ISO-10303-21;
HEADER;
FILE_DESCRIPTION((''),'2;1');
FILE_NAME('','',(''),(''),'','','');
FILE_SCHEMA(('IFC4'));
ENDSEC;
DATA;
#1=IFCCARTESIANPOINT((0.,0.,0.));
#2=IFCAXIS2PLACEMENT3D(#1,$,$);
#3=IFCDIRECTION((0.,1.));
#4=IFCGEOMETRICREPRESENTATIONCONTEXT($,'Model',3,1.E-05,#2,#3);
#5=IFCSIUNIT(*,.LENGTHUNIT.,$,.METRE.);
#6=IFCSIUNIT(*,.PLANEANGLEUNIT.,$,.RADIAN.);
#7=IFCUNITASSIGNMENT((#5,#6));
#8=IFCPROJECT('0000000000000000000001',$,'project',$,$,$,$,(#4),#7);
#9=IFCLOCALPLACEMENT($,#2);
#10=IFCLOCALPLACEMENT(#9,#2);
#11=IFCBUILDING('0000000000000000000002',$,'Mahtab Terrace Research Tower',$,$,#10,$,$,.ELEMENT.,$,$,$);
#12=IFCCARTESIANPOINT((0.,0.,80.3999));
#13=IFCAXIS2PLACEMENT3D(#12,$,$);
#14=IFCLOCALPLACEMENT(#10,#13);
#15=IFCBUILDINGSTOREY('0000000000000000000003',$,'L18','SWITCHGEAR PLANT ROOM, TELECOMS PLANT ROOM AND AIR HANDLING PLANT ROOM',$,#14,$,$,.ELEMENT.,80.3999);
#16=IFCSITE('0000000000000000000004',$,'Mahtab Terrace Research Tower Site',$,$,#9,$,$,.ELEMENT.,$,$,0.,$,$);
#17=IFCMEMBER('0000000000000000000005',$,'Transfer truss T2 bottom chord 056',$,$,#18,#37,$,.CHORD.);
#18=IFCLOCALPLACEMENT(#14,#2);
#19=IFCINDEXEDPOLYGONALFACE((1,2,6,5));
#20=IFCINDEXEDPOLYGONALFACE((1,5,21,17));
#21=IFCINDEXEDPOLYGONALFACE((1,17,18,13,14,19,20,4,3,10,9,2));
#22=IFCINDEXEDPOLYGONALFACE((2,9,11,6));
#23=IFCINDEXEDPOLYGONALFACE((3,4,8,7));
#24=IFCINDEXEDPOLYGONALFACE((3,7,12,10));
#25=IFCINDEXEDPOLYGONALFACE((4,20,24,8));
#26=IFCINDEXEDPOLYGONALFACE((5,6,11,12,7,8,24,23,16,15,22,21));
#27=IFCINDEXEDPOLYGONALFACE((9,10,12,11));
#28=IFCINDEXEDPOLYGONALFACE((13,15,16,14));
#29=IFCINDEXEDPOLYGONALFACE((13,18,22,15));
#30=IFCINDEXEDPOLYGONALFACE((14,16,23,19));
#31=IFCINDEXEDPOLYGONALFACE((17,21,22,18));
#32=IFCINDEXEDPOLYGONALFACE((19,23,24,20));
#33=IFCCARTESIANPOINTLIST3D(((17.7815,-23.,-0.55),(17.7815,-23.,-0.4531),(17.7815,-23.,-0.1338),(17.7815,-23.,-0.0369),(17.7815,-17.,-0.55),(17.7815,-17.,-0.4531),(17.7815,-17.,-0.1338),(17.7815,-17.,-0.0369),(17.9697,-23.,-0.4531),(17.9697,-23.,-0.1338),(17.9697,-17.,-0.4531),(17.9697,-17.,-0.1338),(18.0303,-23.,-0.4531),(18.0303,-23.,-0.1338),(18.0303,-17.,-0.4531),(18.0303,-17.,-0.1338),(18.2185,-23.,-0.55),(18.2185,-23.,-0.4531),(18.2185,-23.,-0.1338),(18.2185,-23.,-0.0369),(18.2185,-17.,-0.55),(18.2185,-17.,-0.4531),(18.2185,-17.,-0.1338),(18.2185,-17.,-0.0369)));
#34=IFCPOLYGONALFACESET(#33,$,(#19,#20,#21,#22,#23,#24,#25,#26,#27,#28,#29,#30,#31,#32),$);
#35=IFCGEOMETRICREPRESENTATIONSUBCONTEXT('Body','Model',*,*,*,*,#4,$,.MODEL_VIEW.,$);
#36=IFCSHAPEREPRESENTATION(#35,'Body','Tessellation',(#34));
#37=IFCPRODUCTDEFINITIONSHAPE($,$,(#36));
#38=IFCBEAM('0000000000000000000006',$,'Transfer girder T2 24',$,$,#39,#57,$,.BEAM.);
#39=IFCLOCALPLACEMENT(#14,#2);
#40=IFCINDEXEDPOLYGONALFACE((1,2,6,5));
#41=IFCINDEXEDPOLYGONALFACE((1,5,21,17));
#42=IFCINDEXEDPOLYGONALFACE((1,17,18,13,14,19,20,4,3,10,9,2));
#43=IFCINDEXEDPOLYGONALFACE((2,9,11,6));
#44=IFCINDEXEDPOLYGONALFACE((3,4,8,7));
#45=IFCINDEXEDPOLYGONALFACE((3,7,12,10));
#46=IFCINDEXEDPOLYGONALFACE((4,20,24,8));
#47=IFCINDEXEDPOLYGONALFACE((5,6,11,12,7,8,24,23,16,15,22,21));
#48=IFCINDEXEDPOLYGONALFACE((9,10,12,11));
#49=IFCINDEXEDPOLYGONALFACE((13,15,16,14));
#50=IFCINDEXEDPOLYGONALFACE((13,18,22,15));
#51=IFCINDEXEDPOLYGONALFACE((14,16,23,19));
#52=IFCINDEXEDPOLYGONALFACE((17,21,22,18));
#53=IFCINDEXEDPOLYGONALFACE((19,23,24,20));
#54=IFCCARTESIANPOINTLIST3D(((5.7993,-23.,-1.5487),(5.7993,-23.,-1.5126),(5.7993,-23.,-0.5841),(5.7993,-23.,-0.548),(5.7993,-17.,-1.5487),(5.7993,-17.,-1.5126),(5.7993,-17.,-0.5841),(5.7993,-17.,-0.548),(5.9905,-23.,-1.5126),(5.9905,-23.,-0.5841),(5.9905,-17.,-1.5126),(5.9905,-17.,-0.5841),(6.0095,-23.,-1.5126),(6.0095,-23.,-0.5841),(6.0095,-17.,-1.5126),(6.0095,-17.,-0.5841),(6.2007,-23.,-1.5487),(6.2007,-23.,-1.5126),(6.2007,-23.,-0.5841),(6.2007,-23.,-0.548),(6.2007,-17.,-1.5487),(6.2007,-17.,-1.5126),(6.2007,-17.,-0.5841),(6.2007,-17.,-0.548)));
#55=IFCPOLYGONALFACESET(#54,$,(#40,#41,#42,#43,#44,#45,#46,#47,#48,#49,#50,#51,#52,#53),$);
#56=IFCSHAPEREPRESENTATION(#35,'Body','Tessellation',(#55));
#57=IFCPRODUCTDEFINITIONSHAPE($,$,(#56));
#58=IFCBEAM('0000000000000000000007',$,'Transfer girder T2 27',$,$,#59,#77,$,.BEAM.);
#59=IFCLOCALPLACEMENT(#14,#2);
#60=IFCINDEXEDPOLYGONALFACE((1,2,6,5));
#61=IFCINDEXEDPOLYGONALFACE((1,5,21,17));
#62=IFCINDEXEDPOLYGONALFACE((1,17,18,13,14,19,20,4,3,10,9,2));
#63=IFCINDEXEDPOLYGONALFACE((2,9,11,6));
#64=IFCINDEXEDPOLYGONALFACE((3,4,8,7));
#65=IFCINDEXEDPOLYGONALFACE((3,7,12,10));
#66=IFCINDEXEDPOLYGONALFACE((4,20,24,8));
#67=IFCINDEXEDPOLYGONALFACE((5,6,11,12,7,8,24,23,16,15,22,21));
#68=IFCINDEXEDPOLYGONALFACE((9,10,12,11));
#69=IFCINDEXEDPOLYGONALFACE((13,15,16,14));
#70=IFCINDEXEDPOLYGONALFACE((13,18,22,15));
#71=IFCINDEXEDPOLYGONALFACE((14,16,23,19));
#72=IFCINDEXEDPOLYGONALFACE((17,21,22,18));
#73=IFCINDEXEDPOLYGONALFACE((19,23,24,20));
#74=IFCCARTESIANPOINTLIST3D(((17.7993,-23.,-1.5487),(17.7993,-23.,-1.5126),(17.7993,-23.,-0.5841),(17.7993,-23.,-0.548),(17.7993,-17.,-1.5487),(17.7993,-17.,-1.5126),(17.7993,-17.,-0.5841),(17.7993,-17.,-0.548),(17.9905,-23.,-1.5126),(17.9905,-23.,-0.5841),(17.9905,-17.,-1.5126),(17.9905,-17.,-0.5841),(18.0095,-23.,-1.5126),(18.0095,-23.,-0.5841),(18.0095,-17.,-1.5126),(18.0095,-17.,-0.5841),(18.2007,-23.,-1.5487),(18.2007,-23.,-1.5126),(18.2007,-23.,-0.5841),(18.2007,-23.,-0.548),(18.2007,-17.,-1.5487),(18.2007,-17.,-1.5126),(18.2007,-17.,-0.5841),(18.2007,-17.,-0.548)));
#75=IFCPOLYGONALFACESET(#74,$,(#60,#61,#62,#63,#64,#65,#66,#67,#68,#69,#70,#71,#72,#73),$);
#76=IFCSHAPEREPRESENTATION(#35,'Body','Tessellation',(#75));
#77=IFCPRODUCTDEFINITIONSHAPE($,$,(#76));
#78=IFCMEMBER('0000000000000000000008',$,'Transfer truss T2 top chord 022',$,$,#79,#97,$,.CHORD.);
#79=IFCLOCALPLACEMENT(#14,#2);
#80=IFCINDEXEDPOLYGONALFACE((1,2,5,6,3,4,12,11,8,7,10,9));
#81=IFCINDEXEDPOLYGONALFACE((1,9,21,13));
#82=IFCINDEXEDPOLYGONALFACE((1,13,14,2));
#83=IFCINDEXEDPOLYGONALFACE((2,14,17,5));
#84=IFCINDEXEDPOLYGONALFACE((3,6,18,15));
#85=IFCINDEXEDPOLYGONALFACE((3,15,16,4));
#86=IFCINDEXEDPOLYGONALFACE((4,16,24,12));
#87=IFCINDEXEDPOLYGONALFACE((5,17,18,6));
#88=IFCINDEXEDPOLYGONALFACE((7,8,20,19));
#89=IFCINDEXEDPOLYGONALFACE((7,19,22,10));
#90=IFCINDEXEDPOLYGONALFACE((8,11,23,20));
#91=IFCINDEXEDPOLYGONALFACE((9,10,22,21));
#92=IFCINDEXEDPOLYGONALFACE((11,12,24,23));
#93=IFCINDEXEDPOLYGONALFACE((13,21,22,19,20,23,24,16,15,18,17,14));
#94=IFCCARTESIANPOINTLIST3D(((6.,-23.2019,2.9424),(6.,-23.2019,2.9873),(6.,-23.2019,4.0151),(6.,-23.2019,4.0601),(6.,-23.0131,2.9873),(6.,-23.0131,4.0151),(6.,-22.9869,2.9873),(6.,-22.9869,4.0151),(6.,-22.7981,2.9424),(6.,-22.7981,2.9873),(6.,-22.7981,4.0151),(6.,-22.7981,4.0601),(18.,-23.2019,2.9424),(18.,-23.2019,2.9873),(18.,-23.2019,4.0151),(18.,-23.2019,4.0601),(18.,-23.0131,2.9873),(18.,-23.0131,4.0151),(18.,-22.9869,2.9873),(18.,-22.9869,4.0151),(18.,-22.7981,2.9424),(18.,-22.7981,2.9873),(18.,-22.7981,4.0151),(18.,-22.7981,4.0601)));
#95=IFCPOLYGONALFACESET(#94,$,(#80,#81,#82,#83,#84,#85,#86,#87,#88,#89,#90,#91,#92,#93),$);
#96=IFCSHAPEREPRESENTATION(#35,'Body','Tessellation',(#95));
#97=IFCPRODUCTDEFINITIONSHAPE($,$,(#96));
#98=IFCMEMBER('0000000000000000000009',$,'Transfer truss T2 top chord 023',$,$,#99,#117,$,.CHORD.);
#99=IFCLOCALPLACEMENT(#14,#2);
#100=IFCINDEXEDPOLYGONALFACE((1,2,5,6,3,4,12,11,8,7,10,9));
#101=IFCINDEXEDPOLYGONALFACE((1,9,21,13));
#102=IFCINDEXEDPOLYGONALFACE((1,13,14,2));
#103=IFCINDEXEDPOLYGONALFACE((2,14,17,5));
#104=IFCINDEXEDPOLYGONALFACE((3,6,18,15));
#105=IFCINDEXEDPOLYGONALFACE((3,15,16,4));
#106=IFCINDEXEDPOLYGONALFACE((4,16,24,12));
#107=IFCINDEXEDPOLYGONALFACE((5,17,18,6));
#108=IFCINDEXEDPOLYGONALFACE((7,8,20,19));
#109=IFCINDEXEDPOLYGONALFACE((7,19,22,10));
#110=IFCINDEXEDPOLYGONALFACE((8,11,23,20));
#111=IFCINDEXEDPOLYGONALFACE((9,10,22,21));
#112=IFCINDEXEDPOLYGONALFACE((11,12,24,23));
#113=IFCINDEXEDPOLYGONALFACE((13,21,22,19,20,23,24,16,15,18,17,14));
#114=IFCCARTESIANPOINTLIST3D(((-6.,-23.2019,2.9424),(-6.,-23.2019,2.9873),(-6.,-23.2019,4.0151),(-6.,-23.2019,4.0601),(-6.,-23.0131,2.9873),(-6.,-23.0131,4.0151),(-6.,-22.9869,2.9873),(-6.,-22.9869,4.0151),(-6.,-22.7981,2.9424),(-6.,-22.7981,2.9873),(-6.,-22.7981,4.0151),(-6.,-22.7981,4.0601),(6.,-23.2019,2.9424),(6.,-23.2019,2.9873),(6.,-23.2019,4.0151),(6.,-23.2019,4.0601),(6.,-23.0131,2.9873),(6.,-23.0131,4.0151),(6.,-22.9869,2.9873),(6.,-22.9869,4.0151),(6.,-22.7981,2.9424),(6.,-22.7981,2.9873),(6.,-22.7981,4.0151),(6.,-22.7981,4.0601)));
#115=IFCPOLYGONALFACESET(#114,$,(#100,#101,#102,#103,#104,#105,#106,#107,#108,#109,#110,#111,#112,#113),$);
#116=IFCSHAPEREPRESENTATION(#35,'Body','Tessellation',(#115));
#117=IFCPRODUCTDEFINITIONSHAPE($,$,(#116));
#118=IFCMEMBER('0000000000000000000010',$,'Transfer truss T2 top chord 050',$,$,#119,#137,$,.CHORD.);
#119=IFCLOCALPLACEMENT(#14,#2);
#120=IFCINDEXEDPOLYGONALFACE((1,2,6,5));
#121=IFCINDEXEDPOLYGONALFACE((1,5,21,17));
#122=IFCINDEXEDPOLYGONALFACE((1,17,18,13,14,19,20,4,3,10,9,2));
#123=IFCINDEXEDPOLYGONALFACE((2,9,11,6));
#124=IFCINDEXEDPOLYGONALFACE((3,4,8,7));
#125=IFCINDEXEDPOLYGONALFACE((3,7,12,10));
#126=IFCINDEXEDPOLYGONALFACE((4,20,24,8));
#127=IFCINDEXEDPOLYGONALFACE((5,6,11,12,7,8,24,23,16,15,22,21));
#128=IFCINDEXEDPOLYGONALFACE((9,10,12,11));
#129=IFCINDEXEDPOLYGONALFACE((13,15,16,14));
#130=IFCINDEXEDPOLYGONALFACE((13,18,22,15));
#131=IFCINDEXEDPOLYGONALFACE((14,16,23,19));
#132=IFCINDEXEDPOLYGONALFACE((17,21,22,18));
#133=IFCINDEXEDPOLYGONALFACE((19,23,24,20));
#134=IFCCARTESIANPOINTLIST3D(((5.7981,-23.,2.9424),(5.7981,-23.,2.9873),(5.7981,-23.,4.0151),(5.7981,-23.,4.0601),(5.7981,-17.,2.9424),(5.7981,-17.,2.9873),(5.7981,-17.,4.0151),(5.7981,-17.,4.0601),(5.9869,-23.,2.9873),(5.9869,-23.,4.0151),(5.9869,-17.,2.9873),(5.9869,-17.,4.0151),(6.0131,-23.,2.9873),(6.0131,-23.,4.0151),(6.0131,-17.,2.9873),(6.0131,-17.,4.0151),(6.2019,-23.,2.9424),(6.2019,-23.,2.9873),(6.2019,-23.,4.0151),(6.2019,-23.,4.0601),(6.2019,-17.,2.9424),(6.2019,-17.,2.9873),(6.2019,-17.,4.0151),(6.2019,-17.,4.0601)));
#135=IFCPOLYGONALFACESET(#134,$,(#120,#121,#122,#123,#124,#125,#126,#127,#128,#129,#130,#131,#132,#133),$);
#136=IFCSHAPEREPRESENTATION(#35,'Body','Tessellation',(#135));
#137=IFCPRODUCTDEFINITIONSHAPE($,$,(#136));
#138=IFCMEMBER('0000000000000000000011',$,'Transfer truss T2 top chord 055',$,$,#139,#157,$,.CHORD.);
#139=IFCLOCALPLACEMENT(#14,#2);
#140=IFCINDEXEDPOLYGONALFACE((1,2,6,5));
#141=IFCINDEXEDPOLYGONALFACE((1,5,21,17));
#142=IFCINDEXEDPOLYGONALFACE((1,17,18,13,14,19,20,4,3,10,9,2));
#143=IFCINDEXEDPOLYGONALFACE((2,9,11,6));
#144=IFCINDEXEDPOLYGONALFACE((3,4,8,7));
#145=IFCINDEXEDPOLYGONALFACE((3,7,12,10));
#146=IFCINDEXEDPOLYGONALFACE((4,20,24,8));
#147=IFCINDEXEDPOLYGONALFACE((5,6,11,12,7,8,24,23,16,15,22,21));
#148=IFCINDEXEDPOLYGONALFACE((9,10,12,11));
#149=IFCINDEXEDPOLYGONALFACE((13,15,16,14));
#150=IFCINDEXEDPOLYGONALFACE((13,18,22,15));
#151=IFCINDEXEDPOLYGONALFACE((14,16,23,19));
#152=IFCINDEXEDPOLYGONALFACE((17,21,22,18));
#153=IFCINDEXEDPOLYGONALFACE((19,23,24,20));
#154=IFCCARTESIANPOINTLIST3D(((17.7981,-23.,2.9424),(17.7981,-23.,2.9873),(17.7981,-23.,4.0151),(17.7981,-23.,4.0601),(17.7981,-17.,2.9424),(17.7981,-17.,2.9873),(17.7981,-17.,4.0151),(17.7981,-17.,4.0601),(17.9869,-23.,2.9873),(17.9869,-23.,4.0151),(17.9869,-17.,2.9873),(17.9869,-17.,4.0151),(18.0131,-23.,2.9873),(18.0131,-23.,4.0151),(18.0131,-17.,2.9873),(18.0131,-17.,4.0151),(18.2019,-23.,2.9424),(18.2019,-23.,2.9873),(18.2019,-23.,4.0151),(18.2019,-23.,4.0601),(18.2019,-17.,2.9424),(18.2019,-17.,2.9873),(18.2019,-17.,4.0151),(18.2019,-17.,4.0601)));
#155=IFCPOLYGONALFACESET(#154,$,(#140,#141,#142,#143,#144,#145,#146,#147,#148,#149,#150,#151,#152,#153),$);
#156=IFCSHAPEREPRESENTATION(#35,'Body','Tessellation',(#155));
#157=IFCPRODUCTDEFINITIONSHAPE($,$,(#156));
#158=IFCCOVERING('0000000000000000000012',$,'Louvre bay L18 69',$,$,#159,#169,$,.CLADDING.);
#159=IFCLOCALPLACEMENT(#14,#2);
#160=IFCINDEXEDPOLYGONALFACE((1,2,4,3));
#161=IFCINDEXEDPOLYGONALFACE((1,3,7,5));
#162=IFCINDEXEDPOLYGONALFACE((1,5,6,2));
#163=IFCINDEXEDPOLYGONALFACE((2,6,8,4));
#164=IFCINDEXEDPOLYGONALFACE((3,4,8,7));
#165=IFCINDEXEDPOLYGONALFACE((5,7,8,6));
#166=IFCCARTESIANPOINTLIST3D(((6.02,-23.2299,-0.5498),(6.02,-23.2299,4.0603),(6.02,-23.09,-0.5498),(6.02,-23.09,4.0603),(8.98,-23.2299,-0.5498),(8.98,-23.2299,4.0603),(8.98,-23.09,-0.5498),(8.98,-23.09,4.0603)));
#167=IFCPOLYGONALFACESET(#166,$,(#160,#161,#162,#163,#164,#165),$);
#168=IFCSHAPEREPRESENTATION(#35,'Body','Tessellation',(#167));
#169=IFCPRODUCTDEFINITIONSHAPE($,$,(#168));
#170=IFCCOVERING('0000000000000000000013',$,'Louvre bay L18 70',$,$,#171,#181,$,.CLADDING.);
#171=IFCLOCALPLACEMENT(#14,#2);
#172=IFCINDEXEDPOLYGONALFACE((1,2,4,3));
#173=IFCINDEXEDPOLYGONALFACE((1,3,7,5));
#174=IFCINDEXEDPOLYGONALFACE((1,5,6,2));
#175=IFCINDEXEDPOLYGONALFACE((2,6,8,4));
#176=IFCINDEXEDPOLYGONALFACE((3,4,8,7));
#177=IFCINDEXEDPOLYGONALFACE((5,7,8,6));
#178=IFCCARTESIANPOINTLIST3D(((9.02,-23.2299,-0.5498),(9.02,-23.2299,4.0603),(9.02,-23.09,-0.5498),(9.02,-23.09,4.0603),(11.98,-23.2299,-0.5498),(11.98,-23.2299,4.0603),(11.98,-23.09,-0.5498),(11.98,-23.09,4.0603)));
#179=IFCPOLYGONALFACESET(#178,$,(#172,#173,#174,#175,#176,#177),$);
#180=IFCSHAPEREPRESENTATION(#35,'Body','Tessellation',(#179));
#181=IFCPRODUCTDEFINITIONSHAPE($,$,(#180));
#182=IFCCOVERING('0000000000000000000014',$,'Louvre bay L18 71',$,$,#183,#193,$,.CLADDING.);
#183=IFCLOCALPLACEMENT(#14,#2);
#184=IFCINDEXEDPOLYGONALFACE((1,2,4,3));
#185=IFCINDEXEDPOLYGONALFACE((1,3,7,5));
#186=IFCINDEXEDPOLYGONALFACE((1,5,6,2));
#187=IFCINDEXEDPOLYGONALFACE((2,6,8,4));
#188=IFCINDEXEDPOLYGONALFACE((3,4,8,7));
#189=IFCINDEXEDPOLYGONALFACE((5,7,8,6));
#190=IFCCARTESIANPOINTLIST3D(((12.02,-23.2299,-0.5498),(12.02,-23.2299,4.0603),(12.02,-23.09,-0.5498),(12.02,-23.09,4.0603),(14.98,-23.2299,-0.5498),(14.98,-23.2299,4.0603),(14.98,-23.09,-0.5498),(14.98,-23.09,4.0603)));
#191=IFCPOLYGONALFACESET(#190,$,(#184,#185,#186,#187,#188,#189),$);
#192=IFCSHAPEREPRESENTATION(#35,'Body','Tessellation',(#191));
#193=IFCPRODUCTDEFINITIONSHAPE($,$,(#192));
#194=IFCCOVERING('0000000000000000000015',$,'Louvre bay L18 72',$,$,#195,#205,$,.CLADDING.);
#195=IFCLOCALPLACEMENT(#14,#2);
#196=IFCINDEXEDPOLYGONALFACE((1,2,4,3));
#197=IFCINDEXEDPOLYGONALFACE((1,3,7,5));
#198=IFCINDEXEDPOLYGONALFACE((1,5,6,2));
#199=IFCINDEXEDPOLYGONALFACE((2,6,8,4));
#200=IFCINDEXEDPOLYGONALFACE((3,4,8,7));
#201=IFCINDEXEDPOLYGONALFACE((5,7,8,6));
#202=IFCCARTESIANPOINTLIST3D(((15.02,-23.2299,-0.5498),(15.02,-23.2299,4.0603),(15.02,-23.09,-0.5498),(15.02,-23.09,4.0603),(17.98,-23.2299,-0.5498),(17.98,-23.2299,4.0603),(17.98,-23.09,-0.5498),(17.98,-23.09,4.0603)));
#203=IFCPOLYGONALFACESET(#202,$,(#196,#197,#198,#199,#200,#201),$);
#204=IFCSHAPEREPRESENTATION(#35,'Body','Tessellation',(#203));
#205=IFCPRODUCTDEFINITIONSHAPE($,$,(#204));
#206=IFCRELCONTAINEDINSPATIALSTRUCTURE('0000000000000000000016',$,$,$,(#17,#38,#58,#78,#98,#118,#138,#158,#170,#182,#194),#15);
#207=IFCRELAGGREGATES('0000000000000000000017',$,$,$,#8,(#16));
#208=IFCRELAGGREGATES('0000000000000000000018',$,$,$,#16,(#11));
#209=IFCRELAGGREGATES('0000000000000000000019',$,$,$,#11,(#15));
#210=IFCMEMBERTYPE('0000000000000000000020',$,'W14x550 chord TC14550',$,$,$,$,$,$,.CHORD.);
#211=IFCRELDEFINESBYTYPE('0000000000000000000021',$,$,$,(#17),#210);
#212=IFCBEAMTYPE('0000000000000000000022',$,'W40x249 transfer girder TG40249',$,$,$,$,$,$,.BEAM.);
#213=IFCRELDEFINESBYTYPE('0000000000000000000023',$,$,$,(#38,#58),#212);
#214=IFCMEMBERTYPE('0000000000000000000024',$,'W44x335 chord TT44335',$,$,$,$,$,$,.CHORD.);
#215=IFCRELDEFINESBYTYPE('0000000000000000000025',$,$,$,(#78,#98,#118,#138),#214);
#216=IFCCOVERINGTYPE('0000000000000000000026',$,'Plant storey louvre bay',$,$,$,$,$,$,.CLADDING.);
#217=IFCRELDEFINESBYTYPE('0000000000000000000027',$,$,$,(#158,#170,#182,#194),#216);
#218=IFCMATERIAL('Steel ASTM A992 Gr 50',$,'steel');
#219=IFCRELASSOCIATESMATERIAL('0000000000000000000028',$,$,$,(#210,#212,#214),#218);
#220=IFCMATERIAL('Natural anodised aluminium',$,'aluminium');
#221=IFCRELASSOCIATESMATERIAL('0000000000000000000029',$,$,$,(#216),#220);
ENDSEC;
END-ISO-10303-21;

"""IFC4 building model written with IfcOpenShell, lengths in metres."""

from ifc_helpers import new_model, si_unit, direction, frame, origin, origin_2d, place, context, subcontext, project, spatial, rectangle, i_section, extrude, material, material_profile, profile_set, type_object, element, save


model = new_model("IFC4")

# Units and contexts
model_context = context("Model", 3, precision=1e-05, world=origin(), true_north=direction((0.0, 1.0)))
body_context = subcontext(model_context, "Body", "Model", "MODEL_VIEW")
ifc_project = project(units=[si_unit("LENGTHUNIT", "METRE"), si_unit("PLANEANGLEUNIT", "RADIAN")], contexts=[model_context])

# Site, building, storey
site_placement = place(None, origin())
site = spatial("IfcSite", under=ifc_project, at=site_placement, Name="Mahtab Terrace Research Tower Site", CompositionType="ELEMENT", RefElevation=0.0)
building_placement = place(site_placement, origin())
building = spatial("IfcBuilding", under=site, at=building_placement, Name="Mahtab Terrace Research Tower", CompositionType="ELEMENT")
storey_placement = place(building_placement, frame((0.0, 0.0, 80.3999)))
storey = spatial("IfcBuildingStorey", under=building, at=storey_placement, Name="L18", Description="SWITCHGEAR PLANT ROOM, TELECOMS PLANT ROOM AND AIR HANDLING PLANT ROOM", CompositionType="ELEMENT", Elevation=80.3999)

# Member
ifc_material_1 = material(Name="Steel ASTM A992 Gr 50", Category="steel")
ifc_material_profile_1 = material_profile(ifc_material_1, i_section(OverallWidth=0.437, OverallDepth=0.5132, WebThickness=0.0605, FlangeThickness=0.0969, at=origin_2d()), Name="W14X550")
ifc_profile_set_1 = profile_set([ifc_material_profile_1], Name="Steel ASTM A992 Gr 50")
member_type_1 = type_object("IfcMemberType", Name="W14x550 chord TC14550", PredefinedType="CHORD", material=ifc_profile_set_1)
member_1_placement = place(storey_placement, frame((18.0, -23.0, -0.2935), z_axis=(0.0, 1.0, 0.0), x_axis=(-1.0, 0.0, 0.0)))
element("IfcMember", 1, at=member_1_placement, inside=storey, type_object=member_type_1, Name="Transfer truss T2 bottom chord 056", PredefinedType="CHORD", context=body_context, shape_type="SweptSolid", body=[
    extrude(i_section(OverallWidth=0.437, OverallDepth=0.5132, WebThickness=0.0605, FlangeThickness=0.0969, at=origin_2d()), origin(), (0.0, 0.0, 1.0), 6.0),
])

# Beams
ifc_material_profile_2 = material_profile(ifc_material_1, i_section(OverallWidth=0.4014, OverallDepth=1.0007, WebThickness=0.019, FlangeThickness=0.0361, at=origin_2d()), Name="W40X249")
ifc_profile_set_2 = profile_set([ifc_material_profile_2], Name="Steel ASTM A992 Gr 50")
beam_type = type_object("IfcBeamType", Name="W40x249 transfer girder TG40249", PredefinedType="BEAM", material=ifc_profile_set_2)
for number, where, z_axis, x_axis, name in (
    (2, (6.0, -23.0, -1.0483), (0.0, 1.0, 0.0), (-1.0, 0.0, 0.0), "Transfer girder T2 24"),
    (3, (18.0, -23.0, -1.0483), (0.0, 1.0, 0.0), (-1.0, 0.0, 0.0), "Transfer girder T2 27"),
):
    element("IfcBeam", number, at=place(storey_placement, frame(where, z_axis=z_axis, x_axis=x_axis)), inside=storey, type_object=beam_type, Name=name, PredefinedType="BEAM", context=body_context, shape_type="SweptSolid", body=[
        extrude(i_section(OverallWidth=0.4014, OverallDepth=1.0007, WebThickness=0.019, FlangeThickness=0.0361, at=origin_2d()), origin(), (0.0, 0.0, 1.0), 6.0),
    ])

# Members
ifc_material_profile_3 = material_profile(ifc_material_1, i_section(OverallWidth=0.4038, OverallDepth=1.1177, WebThickness=0.0261, FlangeThickness=0.0449, at=origin_2d()), Name="W44X335")
ifc_profile_set_3 = profile_set([ifc_material_profile_3], Name="Steel ASTM A992 Gr 50")
member_type_2 = type_object("IfcMemberType", Name="W44x335 chord TT44335", PredefinedType="CHORD", material=ifc_profile_set_3)
for number, where, z_axis, x_axis, name in (
    (4, (18.0, -23.0, 3.5012), (-1.0, 0.0, 0.0), (0.0, -1.0, 0.0), "Transfer truss T2 top chord 022"),
    (5, (6.0, -23.0, 3.5012), (-1.0, 0.0, 0.0), (0.0, -1.0, 0.0), "Transfer truss T2 top chord 023"),
):
    element("IfcMember", number, at=place(storey_placement, frame(where, z_axis=z_axis, x_axis=x_axis)), inside=storey, type_object=member_type_2, Name=name, PredefinedType="CHORD", context=body_context, shape_type="SweptSolid", body=[
        extrude(i_section(OverallWidth=0.4038, OverallDepth=1.1177, WebThickness=0.0261, FlangeThickness=0.0449, at=origin_2d()), origin(), (0.0, 0.0, 1.0), 12.0),
    ])
for number, where, z_axis, x_axis, name in (
    (6, (6.0, -23.0, 3.5012), (0.0, 1.0, 0.0), (-1.0, 0.0, 0.0), "Transfer truss T2 top chord 050"),
    (7, (18.0, -23.0, 3.5012), (0.0, 1.0, 0.0), (-1.0, 0.0, 0.0), "Transfer truss T2 top chord 055"),
):
    element("IfcMember", number, at=place(storey_placement, frame(where, z_axis=z_axis, x_axis=x_axis)), inside=storey, type_object=member_type_2, Name=name, PredefinedType="CHORD", context=body_context, shape_type="SweptSolid", body=[
        extrude(i_section(OverallWidth=0.4038, OverallDepth=1.1177, WebThickness=0.0261, FlangeThickness=0.0449, at=origin_2d()), origin(), (0.0, 0.0, 1.0), 6.0),
    ])

# Coverings
ifc_material_2 = material(Name="Natural anodised aluminium", Category="aluminium")
covering_type = type_object("IfcCoveringType", Name="Plant storey louvre bay", PredefinedType="CLADDING", material=ifc_material_2)
for number, where, z_axis, x_axis, name in (
    (8, (7.5, -23.1599, -0.5498), (0.0, 0.0, 1.0), (1.0, 0.0, 0.0), "Louvre bay L18 69"),
    (9, (10.5, -23.1599, -0.5498), (0.0, 0.0, 1.0), (1.0, 0.0, 0.0), "Louvre bay L18 70"),
    (10, (13.5, -23.1599, -0.5498), (0.0, 0.0, 1.0), (1.0, 0.0, 0.0), "Louvre bay L18 71"),
    (11, (16.5, -23.1599, -0.5498), (0.0, 0.0, 1.0), (1.0, 0.0, 0.0), "Louvre bay L18 72"),
):
    element("IfcCovering", number, at=place(storey_placement, frame(where, z_axis=z_axis, x_axis=x_axis)), inside=storey, type_object=covering_type, Name=name, PredefinedType="CLADDING", context=body_context, shape_type="SweptSolid", body=[
        extrude(rectangle(XDim=2.96, YDim=0.1399, at=origin_2d()), origin(), (0.0, 0.0, 1.0), 4.6101),
    ])

save(model, "model.ifc")
